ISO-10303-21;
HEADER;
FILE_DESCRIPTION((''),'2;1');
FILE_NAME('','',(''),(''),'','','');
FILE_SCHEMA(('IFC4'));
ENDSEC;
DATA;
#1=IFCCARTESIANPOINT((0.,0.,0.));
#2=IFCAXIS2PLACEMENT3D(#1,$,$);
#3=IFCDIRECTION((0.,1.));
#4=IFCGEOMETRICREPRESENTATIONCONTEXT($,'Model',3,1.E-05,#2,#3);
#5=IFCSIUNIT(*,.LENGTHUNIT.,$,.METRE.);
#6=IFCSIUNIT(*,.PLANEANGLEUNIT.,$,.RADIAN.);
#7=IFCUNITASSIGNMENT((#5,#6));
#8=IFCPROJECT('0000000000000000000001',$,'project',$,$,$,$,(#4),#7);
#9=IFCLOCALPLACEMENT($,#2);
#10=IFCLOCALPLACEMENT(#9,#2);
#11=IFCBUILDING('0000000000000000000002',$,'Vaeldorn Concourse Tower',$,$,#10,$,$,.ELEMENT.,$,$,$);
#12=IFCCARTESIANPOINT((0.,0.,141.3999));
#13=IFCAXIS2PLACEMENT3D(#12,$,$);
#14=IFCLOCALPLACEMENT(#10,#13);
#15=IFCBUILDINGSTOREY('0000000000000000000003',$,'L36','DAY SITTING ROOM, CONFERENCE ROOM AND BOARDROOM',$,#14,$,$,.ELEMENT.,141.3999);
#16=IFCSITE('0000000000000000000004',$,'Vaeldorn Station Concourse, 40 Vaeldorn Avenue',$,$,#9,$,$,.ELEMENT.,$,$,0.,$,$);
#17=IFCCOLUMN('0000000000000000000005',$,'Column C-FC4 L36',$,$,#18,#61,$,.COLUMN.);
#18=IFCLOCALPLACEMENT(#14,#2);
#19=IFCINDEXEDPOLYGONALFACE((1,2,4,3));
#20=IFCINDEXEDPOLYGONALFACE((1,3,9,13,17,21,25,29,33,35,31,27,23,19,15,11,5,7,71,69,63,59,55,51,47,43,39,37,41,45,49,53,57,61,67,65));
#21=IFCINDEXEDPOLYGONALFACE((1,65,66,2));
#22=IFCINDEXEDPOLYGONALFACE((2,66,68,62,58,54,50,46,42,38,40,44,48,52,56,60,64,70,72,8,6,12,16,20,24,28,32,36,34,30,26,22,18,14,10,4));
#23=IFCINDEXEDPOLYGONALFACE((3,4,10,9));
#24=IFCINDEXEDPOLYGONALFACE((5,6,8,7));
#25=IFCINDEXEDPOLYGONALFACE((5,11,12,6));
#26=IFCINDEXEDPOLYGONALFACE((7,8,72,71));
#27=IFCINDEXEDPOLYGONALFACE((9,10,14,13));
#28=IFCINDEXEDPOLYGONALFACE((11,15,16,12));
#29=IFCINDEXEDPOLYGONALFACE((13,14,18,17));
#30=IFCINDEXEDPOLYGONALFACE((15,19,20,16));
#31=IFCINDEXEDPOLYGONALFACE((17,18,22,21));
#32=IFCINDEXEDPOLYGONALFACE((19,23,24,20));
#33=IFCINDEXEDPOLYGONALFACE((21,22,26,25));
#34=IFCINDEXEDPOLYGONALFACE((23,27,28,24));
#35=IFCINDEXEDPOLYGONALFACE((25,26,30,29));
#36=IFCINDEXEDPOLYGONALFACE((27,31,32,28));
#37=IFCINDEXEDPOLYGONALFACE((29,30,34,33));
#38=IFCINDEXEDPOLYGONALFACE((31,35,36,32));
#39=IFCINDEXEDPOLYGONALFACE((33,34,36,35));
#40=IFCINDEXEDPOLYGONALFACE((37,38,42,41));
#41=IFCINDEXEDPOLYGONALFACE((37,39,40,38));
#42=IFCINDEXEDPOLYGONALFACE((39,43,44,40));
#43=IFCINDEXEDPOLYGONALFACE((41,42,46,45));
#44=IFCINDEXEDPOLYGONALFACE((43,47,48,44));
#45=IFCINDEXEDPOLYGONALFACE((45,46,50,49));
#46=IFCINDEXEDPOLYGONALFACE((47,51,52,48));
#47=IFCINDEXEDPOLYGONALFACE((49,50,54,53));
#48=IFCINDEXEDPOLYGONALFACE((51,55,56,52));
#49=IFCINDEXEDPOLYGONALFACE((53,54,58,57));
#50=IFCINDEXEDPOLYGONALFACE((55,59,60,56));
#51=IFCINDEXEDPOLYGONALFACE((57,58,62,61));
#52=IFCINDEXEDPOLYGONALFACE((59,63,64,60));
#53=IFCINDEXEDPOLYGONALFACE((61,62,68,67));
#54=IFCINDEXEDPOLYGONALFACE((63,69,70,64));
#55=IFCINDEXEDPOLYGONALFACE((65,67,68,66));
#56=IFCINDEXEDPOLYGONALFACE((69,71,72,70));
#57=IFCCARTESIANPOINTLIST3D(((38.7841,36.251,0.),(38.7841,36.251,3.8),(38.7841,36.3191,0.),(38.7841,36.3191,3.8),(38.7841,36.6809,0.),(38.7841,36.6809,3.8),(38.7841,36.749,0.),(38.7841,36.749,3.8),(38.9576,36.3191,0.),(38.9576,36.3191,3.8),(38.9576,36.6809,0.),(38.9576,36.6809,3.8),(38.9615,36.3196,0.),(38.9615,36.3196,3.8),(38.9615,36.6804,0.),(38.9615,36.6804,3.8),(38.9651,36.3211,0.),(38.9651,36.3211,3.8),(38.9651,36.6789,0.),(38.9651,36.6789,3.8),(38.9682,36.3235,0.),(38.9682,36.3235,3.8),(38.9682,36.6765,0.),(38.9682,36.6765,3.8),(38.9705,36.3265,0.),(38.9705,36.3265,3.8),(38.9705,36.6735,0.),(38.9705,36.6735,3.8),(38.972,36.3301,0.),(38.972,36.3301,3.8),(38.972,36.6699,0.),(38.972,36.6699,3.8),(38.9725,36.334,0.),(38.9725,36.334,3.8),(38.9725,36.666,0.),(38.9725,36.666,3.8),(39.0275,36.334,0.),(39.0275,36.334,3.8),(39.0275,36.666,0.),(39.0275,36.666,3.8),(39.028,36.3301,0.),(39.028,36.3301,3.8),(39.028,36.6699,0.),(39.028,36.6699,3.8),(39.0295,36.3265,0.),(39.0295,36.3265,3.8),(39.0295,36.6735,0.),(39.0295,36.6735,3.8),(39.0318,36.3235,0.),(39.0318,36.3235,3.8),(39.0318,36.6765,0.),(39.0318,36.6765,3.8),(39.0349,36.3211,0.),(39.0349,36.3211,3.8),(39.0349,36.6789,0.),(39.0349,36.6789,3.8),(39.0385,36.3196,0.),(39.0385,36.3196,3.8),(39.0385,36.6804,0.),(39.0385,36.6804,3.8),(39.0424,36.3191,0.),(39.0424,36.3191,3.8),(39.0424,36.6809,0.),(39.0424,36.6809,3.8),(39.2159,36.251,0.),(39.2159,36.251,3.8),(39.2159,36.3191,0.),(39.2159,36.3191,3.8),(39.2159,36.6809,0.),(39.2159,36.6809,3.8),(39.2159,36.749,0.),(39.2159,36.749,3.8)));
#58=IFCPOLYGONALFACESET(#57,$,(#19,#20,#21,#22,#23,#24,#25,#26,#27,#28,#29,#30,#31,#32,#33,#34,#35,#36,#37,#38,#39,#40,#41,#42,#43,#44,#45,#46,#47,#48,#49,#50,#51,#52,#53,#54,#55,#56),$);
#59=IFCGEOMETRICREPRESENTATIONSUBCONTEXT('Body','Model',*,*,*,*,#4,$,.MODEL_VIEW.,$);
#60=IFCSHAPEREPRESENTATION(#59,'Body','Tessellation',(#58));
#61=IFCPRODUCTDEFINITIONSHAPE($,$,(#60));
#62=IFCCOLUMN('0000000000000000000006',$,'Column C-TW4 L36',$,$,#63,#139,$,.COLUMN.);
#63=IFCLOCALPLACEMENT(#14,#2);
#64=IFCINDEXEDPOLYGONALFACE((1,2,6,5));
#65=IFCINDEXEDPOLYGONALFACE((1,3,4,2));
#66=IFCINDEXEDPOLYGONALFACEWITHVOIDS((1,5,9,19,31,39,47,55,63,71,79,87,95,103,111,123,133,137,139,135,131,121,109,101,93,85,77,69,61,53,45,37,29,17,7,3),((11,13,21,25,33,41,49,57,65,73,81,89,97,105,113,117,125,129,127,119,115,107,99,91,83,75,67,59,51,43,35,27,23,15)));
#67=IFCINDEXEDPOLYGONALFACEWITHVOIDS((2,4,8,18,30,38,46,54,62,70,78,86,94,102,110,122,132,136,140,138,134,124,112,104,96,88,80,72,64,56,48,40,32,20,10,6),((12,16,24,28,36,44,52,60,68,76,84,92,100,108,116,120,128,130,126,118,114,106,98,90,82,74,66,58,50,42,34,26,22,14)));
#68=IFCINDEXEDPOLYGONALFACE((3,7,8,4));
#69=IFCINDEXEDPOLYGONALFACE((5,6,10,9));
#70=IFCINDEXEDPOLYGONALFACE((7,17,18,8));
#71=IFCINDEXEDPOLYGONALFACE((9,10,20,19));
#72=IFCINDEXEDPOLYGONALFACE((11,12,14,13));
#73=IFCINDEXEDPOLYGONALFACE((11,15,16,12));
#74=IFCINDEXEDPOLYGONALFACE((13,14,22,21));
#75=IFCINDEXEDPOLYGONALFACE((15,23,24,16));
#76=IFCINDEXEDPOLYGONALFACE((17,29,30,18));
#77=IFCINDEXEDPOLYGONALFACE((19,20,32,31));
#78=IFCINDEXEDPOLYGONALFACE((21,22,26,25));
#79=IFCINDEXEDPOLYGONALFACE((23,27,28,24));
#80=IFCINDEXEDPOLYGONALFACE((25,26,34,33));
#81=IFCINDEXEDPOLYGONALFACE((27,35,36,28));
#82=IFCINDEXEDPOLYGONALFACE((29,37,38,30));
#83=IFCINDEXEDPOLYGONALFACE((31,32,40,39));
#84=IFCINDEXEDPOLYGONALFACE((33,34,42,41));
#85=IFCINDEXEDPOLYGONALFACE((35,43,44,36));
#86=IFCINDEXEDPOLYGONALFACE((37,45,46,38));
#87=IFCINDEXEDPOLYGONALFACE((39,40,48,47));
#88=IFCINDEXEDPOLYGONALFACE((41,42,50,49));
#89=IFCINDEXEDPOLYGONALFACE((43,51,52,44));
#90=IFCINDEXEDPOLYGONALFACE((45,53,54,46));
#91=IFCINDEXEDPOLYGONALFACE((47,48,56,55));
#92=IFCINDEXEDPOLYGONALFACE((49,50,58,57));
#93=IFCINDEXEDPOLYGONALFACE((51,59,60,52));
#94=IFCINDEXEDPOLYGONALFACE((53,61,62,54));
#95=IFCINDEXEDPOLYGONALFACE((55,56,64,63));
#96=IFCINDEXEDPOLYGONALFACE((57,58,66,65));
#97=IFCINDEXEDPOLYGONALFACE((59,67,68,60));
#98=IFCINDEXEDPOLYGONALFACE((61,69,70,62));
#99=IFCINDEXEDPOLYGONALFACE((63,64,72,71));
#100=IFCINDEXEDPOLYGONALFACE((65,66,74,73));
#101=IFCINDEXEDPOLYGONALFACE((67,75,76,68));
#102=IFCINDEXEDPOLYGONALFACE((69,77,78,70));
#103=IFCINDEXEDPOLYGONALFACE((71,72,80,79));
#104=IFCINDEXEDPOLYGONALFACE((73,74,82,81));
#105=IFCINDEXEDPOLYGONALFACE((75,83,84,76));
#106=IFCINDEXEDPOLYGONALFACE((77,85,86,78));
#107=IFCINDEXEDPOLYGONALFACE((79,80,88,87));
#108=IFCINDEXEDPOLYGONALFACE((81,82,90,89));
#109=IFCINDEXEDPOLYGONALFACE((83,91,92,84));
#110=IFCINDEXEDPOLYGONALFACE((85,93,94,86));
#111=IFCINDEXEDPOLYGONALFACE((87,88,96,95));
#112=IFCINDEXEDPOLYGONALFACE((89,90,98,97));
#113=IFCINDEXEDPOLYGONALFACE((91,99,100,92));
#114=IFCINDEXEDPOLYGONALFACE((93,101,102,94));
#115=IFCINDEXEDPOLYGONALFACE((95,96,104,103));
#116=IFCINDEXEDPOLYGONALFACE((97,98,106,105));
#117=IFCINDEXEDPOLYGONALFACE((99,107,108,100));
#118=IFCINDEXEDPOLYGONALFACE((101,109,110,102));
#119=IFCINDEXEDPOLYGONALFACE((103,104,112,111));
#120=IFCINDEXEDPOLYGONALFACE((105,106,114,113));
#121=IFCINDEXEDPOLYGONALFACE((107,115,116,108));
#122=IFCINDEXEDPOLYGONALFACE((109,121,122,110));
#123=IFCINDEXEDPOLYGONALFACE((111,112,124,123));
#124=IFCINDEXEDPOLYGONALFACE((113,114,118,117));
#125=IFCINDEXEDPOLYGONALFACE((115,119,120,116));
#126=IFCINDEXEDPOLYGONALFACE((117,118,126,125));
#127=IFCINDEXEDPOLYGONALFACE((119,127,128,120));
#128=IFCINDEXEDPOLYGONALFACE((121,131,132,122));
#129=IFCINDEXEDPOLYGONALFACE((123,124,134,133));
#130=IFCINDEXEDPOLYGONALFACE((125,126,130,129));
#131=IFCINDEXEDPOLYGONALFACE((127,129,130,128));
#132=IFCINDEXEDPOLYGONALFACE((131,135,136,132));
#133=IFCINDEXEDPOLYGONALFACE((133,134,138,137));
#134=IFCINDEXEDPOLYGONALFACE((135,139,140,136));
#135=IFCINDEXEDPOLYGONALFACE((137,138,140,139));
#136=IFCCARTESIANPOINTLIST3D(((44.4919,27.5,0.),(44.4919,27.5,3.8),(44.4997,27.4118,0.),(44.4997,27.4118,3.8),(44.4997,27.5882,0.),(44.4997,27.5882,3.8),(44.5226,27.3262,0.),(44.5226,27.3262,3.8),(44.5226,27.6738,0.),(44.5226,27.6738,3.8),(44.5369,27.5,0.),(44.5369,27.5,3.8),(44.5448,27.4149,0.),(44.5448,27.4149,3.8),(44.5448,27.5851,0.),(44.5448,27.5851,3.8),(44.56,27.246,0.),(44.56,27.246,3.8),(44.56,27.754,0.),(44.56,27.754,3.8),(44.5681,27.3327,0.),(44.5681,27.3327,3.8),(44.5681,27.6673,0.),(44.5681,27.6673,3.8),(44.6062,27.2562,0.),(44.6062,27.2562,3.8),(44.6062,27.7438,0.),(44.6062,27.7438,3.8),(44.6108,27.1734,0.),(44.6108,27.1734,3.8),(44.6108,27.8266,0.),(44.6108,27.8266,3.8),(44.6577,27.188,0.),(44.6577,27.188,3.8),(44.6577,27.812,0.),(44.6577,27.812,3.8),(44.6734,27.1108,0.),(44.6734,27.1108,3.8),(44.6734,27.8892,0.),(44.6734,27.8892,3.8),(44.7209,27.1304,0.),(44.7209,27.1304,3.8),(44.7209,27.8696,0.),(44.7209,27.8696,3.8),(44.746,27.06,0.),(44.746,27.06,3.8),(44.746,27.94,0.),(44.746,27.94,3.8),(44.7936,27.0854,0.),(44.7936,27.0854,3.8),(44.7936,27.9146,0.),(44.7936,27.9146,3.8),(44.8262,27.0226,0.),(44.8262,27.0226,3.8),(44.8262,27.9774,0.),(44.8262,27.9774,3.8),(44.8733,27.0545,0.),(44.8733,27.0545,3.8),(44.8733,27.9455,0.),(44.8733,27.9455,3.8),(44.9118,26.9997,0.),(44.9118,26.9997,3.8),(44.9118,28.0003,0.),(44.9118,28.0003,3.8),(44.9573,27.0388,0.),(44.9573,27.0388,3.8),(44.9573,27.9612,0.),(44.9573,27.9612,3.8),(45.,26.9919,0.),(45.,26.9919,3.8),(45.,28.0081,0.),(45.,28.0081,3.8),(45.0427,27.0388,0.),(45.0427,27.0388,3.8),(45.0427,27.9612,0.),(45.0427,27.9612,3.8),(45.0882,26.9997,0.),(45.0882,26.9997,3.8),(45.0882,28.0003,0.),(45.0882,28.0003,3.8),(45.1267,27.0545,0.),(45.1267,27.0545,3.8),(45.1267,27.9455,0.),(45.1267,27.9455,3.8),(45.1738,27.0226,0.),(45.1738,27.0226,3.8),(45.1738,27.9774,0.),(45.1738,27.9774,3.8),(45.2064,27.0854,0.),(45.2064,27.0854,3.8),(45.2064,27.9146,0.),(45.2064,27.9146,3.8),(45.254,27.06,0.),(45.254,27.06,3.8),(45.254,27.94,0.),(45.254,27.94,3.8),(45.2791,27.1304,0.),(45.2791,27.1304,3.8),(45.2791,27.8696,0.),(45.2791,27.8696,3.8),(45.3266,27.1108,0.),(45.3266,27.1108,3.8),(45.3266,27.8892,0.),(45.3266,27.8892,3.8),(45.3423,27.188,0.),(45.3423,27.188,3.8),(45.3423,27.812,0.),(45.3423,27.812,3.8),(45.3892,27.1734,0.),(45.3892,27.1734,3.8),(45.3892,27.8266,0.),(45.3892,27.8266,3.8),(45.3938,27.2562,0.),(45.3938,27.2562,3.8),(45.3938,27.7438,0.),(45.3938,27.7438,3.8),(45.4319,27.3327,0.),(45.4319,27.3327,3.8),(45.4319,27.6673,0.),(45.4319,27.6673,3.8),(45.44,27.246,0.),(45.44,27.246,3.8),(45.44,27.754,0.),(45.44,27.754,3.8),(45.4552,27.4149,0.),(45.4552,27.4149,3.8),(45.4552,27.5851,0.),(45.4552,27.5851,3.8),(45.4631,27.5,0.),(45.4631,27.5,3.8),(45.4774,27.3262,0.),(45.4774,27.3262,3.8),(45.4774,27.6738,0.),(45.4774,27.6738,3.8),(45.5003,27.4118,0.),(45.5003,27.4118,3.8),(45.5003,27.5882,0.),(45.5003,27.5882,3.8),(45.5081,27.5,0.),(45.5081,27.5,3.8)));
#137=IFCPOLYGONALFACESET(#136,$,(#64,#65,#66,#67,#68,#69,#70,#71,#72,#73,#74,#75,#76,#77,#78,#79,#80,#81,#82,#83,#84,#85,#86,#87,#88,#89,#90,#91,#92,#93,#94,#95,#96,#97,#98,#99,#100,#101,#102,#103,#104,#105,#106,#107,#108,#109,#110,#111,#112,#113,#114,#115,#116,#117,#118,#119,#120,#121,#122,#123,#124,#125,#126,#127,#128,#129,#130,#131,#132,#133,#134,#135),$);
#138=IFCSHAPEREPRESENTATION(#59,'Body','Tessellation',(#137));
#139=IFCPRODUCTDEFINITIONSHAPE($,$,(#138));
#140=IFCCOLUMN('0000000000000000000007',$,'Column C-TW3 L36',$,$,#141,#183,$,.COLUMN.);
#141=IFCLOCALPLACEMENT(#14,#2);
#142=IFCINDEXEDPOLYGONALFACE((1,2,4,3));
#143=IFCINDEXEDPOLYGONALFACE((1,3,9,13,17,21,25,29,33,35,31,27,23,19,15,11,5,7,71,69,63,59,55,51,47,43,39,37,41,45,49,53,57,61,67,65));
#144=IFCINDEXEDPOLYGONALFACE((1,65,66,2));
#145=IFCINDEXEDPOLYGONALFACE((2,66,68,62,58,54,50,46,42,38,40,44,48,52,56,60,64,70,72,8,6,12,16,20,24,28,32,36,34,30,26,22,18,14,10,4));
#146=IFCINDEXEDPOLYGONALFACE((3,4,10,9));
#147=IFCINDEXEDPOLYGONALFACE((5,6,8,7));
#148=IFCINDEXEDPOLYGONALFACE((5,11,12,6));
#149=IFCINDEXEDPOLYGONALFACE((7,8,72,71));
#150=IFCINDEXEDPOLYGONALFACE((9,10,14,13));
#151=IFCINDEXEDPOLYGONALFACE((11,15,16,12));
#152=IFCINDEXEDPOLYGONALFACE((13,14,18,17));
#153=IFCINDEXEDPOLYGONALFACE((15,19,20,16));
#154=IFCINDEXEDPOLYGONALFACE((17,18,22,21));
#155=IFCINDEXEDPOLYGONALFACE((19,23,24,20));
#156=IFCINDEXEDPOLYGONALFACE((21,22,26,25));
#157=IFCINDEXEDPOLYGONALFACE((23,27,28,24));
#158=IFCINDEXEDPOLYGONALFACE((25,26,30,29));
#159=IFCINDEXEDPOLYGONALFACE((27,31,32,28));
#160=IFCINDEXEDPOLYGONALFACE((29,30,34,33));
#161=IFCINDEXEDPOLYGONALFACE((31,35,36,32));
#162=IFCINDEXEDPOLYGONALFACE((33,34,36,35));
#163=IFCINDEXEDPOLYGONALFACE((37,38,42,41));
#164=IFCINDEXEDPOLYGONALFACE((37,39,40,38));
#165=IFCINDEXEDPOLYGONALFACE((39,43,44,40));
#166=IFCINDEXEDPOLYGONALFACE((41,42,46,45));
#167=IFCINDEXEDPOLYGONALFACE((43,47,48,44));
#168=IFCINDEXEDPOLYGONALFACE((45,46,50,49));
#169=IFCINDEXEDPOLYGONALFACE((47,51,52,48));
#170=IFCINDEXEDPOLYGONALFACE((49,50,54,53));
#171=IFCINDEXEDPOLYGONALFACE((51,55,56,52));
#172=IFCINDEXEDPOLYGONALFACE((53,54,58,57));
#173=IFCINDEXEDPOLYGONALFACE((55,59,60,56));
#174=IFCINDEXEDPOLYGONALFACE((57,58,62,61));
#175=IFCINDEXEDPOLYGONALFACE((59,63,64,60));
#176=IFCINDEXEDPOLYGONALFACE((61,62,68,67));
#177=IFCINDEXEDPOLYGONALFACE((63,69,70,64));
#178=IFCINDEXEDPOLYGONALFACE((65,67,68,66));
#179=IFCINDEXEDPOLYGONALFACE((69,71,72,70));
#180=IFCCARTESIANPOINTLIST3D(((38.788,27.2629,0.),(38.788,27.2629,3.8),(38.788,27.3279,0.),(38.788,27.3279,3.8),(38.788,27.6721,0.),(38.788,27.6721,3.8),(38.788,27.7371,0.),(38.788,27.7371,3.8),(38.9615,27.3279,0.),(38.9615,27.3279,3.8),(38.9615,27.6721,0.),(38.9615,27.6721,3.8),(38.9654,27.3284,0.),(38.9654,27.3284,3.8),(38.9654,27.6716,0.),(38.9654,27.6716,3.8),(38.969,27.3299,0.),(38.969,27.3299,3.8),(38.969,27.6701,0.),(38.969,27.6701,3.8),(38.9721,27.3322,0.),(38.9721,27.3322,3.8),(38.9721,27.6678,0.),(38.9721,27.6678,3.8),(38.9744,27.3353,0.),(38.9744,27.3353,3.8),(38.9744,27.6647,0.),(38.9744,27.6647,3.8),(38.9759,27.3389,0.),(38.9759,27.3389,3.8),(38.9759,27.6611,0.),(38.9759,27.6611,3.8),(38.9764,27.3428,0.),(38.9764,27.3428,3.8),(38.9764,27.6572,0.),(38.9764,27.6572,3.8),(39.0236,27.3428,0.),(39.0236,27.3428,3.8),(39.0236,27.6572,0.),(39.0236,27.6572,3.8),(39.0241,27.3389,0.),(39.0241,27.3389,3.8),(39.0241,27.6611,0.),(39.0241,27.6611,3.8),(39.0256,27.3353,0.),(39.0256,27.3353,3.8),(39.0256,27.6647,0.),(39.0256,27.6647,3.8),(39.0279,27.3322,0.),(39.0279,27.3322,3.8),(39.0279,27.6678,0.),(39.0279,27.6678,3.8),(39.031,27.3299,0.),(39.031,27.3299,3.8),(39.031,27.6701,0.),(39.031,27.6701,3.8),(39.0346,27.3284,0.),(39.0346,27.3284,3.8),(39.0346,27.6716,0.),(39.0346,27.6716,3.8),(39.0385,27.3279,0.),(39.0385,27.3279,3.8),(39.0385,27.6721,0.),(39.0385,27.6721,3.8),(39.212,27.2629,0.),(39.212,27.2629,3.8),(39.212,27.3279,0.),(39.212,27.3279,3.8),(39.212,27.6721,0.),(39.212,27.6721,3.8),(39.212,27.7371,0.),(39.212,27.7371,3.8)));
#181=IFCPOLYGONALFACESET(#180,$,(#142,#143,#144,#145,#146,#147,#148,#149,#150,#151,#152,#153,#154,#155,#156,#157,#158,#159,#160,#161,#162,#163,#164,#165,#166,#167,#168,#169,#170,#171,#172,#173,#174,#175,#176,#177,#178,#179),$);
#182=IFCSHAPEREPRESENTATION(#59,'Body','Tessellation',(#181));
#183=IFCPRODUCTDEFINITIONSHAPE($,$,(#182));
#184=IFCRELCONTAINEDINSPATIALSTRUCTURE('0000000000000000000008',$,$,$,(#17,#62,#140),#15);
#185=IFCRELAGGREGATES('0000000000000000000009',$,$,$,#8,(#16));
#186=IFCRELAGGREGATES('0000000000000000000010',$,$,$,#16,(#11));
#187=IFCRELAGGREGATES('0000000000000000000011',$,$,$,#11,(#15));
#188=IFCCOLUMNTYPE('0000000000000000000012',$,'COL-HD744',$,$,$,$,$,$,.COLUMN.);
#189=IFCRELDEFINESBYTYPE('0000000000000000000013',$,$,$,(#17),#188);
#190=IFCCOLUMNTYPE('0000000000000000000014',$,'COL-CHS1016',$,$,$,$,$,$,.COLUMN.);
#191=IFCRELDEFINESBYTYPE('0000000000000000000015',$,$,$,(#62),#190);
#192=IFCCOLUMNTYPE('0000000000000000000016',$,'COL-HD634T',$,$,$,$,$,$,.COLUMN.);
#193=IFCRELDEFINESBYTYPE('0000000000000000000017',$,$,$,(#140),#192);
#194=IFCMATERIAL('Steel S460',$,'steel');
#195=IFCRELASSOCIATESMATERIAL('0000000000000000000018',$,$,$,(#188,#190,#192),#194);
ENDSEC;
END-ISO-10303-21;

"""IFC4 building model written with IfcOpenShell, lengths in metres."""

from ifc_helpers import new_model, si_unit, direction, frame, origin, origin_2d, place, context, subcontext, project, spatial, hollow_circle, i_section, extrude, source, transform, mapped, material, material_profile, profile_set, type_object, element, save


model = new_model("IFC4")

# Units and contexts
model_context = context("Model", 3, precision=1e-05, world=origin(), true_north=direction((0.0, 1.0)))
body_context = subcontext(model_context, "Body", "Model", "MODEL_VIEW")
ifc_project = project(units=[si_unit("LENGTHUNIT", "METRE"), si_unit("PLANEANGLEUNIT", "RADIAN")], contexts=[model_context])

# Site, building, storey
site_placement = place(None, origin())
site = spatial("IfcSite", under=ifc_project, at=site_placement, Name="Vaeldorn Station Concourse, 40 Vaeldorn Avenue", CompositionType="ELEMENT", RefElevation=0.0)
building_placement = place(site_placement, origin())
building = spatial("IfcBuilding", under=site, at=building_placement, Name="Vaeldorn Concourse Tower", CompositionType="ELEMENT")
storey_placement = place(building_placement, frame((0.0, 0.0, 141.3999)))
storey = spatial("IfcBuildingStorey", under=building, at=storey_placement, Name="L36", Description="DAY SITTING ROOM, CONFERENCE ROOM AND BOARDROOM", CompositionType="ELEMENT", Elevation=141.3999)

# Columns
ifc_material_1 = material(Name="Steel S460", Category="steel")
ifc_material_profile_1 = material_profile(ifc_material_1, i_section(OverallWidth=0.4319, OverallDepth=0.498, WebThickness=0.0549, FlangeThickness=0.0681, FilletRadius=0.0149, at=origin_2d()), Name="HD 400x744")
ifc_profile_set_1 = profile_set([ifc_material_profile_1], Name="Steel S460")
column_type_1 = type_object("IfcColumnType", Name="COL-HD744", PredefinedType="COLUMN", material=ifc_profile_set_1)
shared_shape_1 = source(origin(), body_context, "Body", "SweptSolid", [
    extrude(i_section(OverallWidth=0.4319, OverallDepth=0.498, WebThickness=0.0549, FlangeThickness=0.0681, FilletRadius=0.0149, at=origin_2d()), origin(), (0.0, 0.0, 1.0), 3.8),
])
column_1_placement = place(storey_placement, frame((39.0, 36.5, 0.0), z_axis=(0.0, 0.0, 1.0), x_axis=(1.0, 0.0, 0.0)))
element("IfcColumn", 1, at=column_1_placement, inside=storey, type_object=column_type_1, Name="Column C-FC4 L36", PredefinedType="COLUMN", context=body_context, shape_type="MappedRepresentation", body=[
    mapped(shared_shape_1, transform((0.0, 0.0, 0.0), scale=1.0)),
])
ifc_material_profile_2 = material_profile(ifc_material_1, hollow_circle(Radius=0.5081, WallThickness=0.0449, at=origin_2d()), Name="CHS 1016x45")
ifc_profile_set_2 = profile_set([ifc_material_profile_2], Name="Steel S460")
column_type_2 = type_object("IfcColumnType", Name="COL-CHS1016", PredefinedType="COLUMN", material=ifc_profile_set_2)
shared_shape_2 = source(origin(), body_context, "Body", "SweptSolid", [
    extrude(hollow_circle(Radius=0.5081, WallThickness=0.0449, at=origin_2d()), origin(), (0.0, 0.0, 1.0), 3.8),
])
column_2_placement = place(storey_placement, frame((45.0, 27.5, 0.0), z_axis=(0.0, 0.0, 1.0), x_axis=(1.0, 0.0, 0.0)))
element("IfcColumn", 2, at=column_2_placement, inside=storey, type_object=column_type_2, Name="Column C-TW4 L36", PredefinedType="COLUMN", context=body_context, shape_type="MappedRepresentation", body=[
    mapped(shared_shape_2, transform((0.0, 0.0, 0.0), scale=1.0)),
])
ifc_material_profile_3 = material_profile(ifc_material_1, i_section(OverallWidth=0.4241, OverallDepth=0.4741, WebThickness=0.0471, FlangeThickness=0.0649, FilletRadius=0.0149, at=origin_2d()), Name="HD 400x634")
ifc_profile_set_3 = profile_set([ifc_material_profile_3], Name="Steel S460")
column_type_3 = type_object("IfcColumnType", Name="COL-HD634T", PredefinedType="COLUMN", material=ifc_profile_set_3)
shared_shape_3 = source(origin(), body_context, "Body", "SweptSolid", [
    extrude(i_section(OverallWidth=0.4241, OverallDepth=0.4741, WebThickness=0.0471, FlangeThickness=0.0649, FilletRadius=0.0149, at=origin_2d()), origin(), (0.0, 0.0, 1.0), 3.8),
])
for number, where, z_axis, x_axis, name in (
    (3, (39.0, 27.5, 0.0), (0.0, 0.0, 1.0), (1.0, 0.0, 0.0), "Column C-TW3 L36"),
):
    element("IfcColumn", number, at=place(storey_placement, frame(where, z_axis=z_axis, x_axis=x_axis)), inside=storey, type_object=column_type_3, Name=name, PredefinedType="COLUMN", context=body_context, shape_type="MappedRepresentation", body=[
        mapped(shared_shape_3, transform((0.0, 0.0, 0.0), scale=1.0)),
    ])

save(model, "model.ifc")
